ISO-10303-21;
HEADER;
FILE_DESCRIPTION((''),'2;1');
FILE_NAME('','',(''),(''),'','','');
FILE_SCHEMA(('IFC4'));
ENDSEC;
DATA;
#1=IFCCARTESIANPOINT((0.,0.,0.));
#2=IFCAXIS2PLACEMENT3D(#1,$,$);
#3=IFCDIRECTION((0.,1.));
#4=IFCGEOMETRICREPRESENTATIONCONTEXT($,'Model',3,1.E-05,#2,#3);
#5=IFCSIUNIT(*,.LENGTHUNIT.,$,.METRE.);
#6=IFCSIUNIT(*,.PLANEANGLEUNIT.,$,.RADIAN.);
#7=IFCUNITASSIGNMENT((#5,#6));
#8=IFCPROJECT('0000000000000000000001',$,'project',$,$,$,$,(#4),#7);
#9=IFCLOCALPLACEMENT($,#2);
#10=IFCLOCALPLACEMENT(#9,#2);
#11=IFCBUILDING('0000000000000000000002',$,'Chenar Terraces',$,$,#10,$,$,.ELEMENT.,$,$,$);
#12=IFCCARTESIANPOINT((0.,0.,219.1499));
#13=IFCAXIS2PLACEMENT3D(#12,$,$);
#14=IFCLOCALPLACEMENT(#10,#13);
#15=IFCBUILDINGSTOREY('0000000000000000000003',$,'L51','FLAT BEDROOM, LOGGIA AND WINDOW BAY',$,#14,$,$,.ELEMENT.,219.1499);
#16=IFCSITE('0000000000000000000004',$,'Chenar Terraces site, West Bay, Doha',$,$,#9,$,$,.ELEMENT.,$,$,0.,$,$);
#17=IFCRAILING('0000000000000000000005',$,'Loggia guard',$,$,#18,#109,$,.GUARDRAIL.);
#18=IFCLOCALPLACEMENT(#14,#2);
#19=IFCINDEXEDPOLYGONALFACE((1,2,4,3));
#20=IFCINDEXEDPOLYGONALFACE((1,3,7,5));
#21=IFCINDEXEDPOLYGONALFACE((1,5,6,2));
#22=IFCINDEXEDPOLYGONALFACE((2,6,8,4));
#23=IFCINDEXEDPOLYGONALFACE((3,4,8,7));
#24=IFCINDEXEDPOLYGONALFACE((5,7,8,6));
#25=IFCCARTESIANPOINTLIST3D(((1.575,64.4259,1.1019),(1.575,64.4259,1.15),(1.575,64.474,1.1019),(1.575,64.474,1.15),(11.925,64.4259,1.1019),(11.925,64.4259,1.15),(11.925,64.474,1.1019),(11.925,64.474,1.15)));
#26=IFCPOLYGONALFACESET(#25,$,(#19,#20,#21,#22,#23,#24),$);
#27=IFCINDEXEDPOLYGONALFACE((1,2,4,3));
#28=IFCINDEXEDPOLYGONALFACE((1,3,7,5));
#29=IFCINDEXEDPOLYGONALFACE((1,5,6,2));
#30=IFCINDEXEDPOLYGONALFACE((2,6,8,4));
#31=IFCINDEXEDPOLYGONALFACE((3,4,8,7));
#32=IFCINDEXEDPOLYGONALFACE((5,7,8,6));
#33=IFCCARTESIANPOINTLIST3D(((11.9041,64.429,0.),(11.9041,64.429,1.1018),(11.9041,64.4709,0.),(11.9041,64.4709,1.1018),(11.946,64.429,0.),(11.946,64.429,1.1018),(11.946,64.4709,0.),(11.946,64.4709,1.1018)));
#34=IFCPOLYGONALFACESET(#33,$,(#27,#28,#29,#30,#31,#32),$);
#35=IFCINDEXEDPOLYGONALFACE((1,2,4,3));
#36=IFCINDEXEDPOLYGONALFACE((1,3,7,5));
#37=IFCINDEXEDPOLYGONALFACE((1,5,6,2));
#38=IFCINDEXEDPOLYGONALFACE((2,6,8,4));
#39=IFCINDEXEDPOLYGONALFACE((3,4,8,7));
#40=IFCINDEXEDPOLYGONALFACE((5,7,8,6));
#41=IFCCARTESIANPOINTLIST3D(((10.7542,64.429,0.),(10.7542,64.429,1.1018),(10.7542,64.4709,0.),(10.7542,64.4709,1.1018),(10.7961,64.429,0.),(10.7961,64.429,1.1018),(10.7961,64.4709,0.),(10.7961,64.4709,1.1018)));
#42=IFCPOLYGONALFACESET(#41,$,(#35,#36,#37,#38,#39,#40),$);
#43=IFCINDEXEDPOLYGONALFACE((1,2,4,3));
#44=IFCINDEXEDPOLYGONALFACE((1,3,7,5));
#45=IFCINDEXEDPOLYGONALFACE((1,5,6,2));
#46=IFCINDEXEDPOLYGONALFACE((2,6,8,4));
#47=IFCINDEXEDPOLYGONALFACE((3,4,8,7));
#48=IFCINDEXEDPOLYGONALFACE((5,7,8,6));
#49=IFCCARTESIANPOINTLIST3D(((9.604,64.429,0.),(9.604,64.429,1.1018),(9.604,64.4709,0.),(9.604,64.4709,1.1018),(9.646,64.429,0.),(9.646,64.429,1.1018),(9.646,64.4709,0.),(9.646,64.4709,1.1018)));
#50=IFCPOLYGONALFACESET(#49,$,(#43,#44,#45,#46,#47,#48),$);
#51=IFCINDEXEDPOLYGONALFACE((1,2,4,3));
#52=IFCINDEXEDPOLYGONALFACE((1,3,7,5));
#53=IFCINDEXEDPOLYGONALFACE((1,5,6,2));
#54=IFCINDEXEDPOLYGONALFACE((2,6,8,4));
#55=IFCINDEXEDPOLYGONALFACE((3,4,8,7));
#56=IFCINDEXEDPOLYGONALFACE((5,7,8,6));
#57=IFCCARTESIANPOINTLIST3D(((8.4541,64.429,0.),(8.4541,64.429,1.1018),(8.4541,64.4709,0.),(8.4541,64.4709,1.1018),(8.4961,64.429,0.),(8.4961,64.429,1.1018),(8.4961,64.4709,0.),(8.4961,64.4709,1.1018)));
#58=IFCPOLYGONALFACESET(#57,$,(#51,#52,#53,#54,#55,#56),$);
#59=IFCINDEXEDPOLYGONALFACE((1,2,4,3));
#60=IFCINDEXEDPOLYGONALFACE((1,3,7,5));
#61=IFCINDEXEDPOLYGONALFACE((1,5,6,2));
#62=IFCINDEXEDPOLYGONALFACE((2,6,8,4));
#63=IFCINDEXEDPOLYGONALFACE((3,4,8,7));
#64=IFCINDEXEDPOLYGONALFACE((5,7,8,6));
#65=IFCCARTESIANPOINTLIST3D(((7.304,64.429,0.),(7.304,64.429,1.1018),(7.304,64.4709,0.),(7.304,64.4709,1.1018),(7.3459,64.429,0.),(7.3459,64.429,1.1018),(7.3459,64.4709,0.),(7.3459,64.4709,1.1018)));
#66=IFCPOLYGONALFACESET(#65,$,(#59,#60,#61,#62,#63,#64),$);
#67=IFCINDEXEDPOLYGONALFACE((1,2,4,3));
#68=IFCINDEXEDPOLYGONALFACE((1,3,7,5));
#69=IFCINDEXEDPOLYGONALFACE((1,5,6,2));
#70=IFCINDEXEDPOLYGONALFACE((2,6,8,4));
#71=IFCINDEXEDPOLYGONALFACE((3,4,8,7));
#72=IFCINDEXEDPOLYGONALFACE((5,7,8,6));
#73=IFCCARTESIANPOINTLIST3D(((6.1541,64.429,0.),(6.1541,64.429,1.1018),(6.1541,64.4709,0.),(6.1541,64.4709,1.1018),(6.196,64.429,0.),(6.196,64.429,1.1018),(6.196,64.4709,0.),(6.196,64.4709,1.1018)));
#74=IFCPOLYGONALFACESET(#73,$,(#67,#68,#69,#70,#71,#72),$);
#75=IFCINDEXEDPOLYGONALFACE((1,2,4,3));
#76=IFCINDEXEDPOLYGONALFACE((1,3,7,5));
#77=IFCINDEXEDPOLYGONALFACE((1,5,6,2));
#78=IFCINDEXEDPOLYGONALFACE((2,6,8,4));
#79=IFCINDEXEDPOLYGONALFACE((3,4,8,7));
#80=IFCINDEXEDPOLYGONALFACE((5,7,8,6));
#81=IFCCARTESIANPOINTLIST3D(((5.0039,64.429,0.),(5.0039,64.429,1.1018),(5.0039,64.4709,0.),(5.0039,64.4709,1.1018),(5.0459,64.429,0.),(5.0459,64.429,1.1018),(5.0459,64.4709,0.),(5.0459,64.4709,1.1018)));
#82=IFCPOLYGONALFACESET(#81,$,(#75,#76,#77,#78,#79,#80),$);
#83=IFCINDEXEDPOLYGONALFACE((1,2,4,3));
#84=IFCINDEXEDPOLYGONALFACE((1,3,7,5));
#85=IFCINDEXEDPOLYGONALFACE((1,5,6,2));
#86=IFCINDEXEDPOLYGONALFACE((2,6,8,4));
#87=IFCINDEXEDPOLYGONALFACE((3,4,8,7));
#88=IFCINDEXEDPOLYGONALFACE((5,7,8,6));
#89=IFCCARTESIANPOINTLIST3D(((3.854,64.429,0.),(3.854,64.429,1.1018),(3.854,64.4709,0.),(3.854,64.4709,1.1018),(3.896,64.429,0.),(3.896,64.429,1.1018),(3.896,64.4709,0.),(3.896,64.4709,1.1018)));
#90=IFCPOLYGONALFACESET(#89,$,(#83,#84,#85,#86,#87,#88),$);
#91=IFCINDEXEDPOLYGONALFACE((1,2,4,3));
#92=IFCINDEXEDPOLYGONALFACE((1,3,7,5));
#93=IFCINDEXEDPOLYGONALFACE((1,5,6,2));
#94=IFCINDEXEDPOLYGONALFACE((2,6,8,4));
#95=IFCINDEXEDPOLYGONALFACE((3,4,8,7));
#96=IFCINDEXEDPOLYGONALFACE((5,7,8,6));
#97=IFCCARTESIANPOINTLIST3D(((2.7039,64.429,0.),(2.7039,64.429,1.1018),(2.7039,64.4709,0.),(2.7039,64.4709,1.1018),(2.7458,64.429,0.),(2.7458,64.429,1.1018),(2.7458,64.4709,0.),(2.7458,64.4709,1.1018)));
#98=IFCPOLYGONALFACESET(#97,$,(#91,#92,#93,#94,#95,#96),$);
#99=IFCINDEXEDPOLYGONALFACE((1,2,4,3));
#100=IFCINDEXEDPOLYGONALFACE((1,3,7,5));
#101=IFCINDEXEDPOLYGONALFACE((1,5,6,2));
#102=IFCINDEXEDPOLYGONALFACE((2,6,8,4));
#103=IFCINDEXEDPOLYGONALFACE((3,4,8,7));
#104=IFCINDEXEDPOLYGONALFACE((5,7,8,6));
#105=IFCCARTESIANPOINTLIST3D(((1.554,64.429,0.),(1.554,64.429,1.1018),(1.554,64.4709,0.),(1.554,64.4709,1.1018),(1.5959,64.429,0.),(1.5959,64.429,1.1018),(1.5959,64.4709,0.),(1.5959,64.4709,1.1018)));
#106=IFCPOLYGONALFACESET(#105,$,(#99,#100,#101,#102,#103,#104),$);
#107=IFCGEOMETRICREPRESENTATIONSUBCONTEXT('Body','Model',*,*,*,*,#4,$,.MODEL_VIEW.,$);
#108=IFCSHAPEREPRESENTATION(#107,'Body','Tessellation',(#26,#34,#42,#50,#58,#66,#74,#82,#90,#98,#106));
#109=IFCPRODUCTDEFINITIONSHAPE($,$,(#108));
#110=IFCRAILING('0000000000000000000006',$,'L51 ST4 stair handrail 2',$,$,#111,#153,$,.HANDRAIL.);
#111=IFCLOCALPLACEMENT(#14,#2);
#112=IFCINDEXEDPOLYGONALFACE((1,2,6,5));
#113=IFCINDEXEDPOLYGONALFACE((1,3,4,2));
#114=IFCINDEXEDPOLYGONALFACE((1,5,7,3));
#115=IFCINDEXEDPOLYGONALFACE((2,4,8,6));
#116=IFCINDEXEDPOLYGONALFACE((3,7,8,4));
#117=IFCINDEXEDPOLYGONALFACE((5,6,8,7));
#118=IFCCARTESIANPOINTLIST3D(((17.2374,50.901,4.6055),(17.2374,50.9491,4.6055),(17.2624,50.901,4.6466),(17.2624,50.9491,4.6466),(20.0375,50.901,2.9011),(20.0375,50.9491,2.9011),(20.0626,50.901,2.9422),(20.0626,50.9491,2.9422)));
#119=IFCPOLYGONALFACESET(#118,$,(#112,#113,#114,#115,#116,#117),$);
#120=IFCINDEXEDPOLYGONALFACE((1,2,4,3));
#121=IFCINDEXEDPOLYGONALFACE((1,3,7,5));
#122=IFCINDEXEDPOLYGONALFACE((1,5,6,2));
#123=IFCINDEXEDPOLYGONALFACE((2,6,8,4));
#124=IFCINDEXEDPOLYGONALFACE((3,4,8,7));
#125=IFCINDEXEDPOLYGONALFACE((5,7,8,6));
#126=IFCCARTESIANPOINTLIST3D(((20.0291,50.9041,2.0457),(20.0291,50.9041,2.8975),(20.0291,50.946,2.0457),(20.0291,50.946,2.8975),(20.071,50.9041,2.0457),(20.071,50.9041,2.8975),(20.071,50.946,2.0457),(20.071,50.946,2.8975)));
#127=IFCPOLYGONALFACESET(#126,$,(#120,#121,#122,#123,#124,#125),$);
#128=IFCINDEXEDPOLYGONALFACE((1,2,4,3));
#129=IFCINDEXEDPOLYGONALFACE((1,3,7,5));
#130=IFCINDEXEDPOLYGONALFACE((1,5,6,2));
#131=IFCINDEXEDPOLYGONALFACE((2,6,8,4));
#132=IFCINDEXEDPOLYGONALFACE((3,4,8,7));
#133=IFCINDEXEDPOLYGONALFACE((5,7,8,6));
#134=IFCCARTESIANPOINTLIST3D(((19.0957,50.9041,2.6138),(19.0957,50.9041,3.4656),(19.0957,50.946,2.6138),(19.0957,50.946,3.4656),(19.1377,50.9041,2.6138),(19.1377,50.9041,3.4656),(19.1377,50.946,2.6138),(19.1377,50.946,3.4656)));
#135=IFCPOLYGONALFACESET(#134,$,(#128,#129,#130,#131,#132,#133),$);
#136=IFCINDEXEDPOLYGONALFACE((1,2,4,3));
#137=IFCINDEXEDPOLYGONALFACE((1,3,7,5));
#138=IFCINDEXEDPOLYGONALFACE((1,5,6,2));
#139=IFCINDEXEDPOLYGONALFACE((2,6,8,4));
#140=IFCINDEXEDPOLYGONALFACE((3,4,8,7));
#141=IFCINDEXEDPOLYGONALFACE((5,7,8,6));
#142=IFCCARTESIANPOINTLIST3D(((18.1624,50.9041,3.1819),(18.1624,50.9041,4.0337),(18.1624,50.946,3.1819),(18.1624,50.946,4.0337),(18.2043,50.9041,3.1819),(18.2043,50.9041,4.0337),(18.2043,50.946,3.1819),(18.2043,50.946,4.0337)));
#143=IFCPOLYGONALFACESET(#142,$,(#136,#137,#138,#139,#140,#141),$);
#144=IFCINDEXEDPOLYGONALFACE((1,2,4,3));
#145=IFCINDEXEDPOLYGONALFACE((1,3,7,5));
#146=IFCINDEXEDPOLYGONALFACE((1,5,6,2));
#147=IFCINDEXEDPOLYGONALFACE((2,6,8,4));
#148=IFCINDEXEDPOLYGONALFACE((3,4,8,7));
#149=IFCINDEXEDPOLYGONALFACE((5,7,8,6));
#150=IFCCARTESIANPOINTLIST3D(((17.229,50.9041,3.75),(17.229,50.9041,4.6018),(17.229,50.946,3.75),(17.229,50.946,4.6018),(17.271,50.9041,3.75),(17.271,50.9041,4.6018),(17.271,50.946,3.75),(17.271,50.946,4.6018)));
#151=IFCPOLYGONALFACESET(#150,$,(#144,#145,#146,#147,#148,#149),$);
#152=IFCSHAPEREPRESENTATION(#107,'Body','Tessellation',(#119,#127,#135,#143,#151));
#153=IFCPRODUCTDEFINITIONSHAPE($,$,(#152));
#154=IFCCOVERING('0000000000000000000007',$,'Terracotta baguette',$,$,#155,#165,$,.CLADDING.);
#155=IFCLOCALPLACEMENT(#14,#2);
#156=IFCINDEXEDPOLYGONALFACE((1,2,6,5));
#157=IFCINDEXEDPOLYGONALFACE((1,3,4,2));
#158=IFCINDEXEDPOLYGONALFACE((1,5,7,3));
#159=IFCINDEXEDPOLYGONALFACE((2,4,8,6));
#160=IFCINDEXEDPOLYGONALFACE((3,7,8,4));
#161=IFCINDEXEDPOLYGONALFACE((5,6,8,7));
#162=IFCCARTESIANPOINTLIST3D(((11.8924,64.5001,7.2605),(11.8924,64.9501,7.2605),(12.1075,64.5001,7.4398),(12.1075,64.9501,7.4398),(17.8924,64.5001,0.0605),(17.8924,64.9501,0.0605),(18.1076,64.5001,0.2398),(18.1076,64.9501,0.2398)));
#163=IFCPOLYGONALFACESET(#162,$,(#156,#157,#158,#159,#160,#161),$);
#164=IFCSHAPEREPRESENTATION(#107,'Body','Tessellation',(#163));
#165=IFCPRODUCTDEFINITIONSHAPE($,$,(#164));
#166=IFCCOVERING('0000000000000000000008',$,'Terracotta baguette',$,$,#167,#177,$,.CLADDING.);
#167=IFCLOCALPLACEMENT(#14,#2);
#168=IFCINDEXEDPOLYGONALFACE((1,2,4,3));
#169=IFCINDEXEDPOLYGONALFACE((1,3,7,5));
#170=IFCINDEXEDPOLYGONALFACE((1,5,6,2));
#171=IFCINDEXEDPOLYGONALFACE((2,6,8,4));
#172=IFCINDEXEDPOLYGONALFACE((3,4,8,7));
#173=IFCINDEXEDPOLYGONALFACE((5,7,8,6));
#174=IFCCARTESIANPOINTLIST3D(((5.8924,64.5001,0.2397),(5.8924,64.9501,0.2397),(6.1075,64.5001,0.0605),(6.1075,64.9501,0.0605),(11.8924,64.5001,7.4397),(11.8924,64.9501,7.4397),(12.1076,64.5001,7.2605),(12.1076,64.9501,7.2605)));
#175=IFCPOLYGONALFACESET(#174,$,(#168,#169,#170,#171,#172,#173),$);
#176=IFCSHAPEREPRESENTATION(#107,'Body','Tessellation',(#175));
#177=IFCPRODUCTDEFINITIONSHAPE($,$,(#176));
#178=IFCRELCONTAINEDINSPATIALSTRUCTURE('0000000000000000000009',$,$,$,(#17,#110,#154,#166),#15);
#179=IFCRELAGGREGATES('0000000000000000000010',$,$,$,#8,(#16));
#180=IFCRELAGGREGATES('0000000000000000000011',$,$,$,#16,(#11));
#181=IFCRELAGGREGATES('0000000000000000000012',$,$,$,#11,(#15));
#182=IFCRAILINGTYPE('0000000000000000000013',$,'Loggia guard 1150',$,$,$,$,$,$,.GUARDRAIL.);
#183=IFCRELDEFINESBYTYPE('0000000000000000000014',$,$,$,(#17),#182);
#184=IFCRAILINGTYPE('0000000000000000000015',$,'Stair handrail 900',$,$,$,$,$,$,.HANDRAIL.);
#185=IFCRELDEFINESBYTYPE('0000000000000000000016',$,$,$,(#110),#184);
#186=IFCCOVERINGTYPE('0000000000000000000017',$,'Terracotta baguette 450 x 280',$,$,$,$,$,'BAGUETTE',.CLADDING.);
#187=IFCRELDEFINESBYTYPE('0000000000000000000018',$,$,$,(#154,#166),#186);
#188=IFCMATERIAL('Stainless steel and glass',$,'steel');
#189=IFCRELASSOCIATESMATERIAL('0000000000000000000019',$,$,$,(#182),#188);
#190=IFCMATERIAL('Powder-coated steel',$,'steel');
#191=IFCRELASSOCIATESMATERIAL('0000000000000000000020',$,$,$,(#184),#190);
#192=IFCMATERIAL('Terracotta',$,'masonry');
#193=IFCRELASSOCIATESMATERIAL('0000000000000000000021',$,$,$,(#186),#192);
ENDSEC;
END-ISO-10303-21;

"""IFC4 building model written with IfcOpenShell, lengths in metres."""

from ifc_helpers import new_model, si_unit, direction, frame, origin, origin_2d, place, context, subcontext, project, spatial, rectangle, extrude, material, material_profile, profile_set, type_object, element, save


model = new_model("IFC4")

# Units and contexts
model_context = context("Model", 3, precision=1e-05, world=origin(), true_north=direction((0.0, 1.0)))
body_context = subcontext(model_context, "Body", "Model", "MODEL_VIEW")
ifc_project = project(units=[si_unit("LENGTHUNIT", "METRE"), si_unit("PLANEANGLEUNIT", "RADIAN")], contexts=[model_context])

# Site, building, storey
site_placement = place(None, origin())
site = spatial("IfcSite", under=ifc_project, at=site_placement, Name="Chenar Terraces site, West Bay, Doha", CompositionType="ELEMENT", RefElevation=0.0)
building_placement = place(site_placement, origin())
building = spatial("IfcBuilding", under=site, at=building_placement, Name="Chenar Terraces", CompositionType="ELEMENT")
storey_placement = place(building_placement, frame((0.0, 0.0, 219.1499)))
storey = spatial("IfcBuildingStorey", under=building, at=storey_placement, Name="L51", Description="FLAT BEDROOM, LOGGIA AND WINDOW BAY", CompositionType="ELEMENT", Elevation=219.1499)

# Railings
ifc_material_1 = material(Name="Stainless steel and glass", Category="steel")
railing_type_1 = type_object("IfcRailingType", Name="Loggia guard 1150", PredefinedType="GUARDRAIL", material=ifc_material_1)
railing_1_placement = place(storey_placement, frame((11.925, 64.45, 0.0)))
element("IfcRailing", 1, at=railing_1_placement, inside=storey, type_object=railing_type_1, Name="Loggia guard", PredefinedType="GUARDRAIL", context=body_context, shape_type="SweptSolid", body=[
    extrude(rectangle(XDim=0.0481, YDim=0.0481, at=origin_2d()), frame((0.0, 0.0, 1.126), z_axis=(-1.0, 0.0, 0.0), x_axis=(0.0, -1.0, 0.0)), (0.0, 0.0, 1.0), 10.3501),
    extrude(rectangle(XDim=0.042, YDim=0.042, at=origin_2d()), origin(), (0.0, 0.0, 1.0), 1.1018),
    extrude(rectangle(XDim=0.042, YDim=0.042, at=origin_2d()), frame((-1.1499, 0.0, 0.0)), (0.0, 0.0, 1.0), 1.1018),
    extrude(rectangle(XDim=0.042, YDim=0.042, at=origin_2d()), frame((-2.3, 0.0, 0.0)), (0.0, 0.0, 1.0), 1.1018),
    extrude(rectangle(XDim=0.042, YDim=0.042, at=origin_2d()), frame((-3.45, 0.0, 0.0)), (0.0, 0.0, 1.0), 1.1018),
    extrude(rectangle(XDim=0.042, YDim=0.042, at=origin_2d()), frame((-4.6001, 0.0, 0.0)), (0.0, 0.0, 1.0), 1.1018),
    extrude(rectangle(XDim=0.042, YDim=0.042, at=origin_2d()), frame((-5.75, 0.0, 0.0)), (0.0, 0.0, 1.0), 1.1018),
    extrude(rectangle(XDim=0.042, YDim=0.042, at=origin_2d()), frame((-6.9001, 0.0, 0.0)), (0.0, 0.0, 1.0), 1.1018),
    extrude(rectangle(XDim=0.042, YDim=0.042, at=origin_2d()), frame((-8.05, 0.0, 0.0)), (0.0, 0.0, 1.0), 1.1018),
    extrude(rectangle(XDim=0.042, YDim=0.042, at=origin_2d()), frame((-9.2002, 0.0, 0.0)), (0.0, 0.0, 1.0), 1.1018),
    extrude(rectangle(XDim=0.042, YDim=0.042, at=origin_2d()), frame((-10.3501, 0.0, 0.0)), (0.0, 0.0, 1.0), 1.1018),
])
ifc_material_2 = material(Name="Powder-coated steel", Category="steel")
railing_type_2 = type_object("IfcRailingType", Name="Stair handrail 900", PredefinedType="HANDRAIL", material=ifc_material_2)
railing_2_placement = place(storey_placement, frame((20.05, 50.925, 2.0457)))
element("IfcRailing", 2, at=railing_2_placement, inside=storey, type_object=railing_type_2, Name="L51 ST4 stair handrail 2", PredefinedType="HANDRAIL", context=body_context, shape_type="SweptSolid", body=[
    extrude(rectangle(XDim=0.0481, YDim=0.0481, at=origin_2d()), frame((0.0, 0.0, 0.876), z_axis=(-0.854203, 0.0, 0.51994), x_axis=(0.0, -1.0, 0.0)), (0.0, 0.0, 1.0), 3.2781),
    extrude(rectangle(XDim=0.042, YDim=0.042, at=origin_2d()), origin(), (0.0, 0.0, 1.0), 0.8518),
    extrude(rectangle(XDim=0.042, YDim=0.042, at=origin_2d()), frame((-0.9333, 0.0, 0.5681)), (0.0, 0.0, 1.0), 0.8518),
    extrude(rectangle(XDim=0.042, YDim=0.042, at=origin_2d()), frame((-1.8667, 0.0, 1.1362)), (0.0, 0.0, 1.0), 0.8518),
    extrude(rectangle(XDim=0.042, YDim=0.042, at=origin_2d()), frame((-2.8, 0.0, 1.7043)), (0.0, 0.0, 1.0), 0.8518),
])

# Coverings
ifc_material_3 = material(Name="Terracotta", Category="masonry")
ifc_material_profile_1 = material_profile(ifc_material_3, rectangle(XDim=0.45, YDim=0.28, at=origin_2d()), Name="Terracotta baguette 450 x 280")
ifc_profile_set_1 = profile_set([ifc_material_profile_1], Name="Terracotta")
covering_type = type_object("IfcCoveringType", Name="Terracotta baguette 450 x 280", ElementType="BAGUETTE", PredefinedType="CLADDING", material=ifc_profile_set_1)
for number, where, z_axis, x_axis, name in (
    (3, (18.0, 64.7251, 0.1501), (-0.640187, 0.0, 0.768219), (0.0, -1.0, 0.0), "Terracotta baguette"),
    (4, (12.0, 64.7251, 7.3501), (-0.640187, 0.0, -0.768219), (0.0, -1.0, 0.0), "Terracotta baguette"),
):
    element("IfcCovering", number, at=place(storey_placement, frame(where, z_axis=z_axis, x_axis=x_axis)), inside=storey, type_object=covering_type, Name=name, PredefinedType="CLADDING", context=body_context, shape_type="SweptSolid", body=[
        extrude(rectangle(XDim=0.45, YDim=0.28, at=origin_2d()), origin(), (0.0, 0.0, 1.0), 9.3723),
    ])

save(model, "model.ifc")
